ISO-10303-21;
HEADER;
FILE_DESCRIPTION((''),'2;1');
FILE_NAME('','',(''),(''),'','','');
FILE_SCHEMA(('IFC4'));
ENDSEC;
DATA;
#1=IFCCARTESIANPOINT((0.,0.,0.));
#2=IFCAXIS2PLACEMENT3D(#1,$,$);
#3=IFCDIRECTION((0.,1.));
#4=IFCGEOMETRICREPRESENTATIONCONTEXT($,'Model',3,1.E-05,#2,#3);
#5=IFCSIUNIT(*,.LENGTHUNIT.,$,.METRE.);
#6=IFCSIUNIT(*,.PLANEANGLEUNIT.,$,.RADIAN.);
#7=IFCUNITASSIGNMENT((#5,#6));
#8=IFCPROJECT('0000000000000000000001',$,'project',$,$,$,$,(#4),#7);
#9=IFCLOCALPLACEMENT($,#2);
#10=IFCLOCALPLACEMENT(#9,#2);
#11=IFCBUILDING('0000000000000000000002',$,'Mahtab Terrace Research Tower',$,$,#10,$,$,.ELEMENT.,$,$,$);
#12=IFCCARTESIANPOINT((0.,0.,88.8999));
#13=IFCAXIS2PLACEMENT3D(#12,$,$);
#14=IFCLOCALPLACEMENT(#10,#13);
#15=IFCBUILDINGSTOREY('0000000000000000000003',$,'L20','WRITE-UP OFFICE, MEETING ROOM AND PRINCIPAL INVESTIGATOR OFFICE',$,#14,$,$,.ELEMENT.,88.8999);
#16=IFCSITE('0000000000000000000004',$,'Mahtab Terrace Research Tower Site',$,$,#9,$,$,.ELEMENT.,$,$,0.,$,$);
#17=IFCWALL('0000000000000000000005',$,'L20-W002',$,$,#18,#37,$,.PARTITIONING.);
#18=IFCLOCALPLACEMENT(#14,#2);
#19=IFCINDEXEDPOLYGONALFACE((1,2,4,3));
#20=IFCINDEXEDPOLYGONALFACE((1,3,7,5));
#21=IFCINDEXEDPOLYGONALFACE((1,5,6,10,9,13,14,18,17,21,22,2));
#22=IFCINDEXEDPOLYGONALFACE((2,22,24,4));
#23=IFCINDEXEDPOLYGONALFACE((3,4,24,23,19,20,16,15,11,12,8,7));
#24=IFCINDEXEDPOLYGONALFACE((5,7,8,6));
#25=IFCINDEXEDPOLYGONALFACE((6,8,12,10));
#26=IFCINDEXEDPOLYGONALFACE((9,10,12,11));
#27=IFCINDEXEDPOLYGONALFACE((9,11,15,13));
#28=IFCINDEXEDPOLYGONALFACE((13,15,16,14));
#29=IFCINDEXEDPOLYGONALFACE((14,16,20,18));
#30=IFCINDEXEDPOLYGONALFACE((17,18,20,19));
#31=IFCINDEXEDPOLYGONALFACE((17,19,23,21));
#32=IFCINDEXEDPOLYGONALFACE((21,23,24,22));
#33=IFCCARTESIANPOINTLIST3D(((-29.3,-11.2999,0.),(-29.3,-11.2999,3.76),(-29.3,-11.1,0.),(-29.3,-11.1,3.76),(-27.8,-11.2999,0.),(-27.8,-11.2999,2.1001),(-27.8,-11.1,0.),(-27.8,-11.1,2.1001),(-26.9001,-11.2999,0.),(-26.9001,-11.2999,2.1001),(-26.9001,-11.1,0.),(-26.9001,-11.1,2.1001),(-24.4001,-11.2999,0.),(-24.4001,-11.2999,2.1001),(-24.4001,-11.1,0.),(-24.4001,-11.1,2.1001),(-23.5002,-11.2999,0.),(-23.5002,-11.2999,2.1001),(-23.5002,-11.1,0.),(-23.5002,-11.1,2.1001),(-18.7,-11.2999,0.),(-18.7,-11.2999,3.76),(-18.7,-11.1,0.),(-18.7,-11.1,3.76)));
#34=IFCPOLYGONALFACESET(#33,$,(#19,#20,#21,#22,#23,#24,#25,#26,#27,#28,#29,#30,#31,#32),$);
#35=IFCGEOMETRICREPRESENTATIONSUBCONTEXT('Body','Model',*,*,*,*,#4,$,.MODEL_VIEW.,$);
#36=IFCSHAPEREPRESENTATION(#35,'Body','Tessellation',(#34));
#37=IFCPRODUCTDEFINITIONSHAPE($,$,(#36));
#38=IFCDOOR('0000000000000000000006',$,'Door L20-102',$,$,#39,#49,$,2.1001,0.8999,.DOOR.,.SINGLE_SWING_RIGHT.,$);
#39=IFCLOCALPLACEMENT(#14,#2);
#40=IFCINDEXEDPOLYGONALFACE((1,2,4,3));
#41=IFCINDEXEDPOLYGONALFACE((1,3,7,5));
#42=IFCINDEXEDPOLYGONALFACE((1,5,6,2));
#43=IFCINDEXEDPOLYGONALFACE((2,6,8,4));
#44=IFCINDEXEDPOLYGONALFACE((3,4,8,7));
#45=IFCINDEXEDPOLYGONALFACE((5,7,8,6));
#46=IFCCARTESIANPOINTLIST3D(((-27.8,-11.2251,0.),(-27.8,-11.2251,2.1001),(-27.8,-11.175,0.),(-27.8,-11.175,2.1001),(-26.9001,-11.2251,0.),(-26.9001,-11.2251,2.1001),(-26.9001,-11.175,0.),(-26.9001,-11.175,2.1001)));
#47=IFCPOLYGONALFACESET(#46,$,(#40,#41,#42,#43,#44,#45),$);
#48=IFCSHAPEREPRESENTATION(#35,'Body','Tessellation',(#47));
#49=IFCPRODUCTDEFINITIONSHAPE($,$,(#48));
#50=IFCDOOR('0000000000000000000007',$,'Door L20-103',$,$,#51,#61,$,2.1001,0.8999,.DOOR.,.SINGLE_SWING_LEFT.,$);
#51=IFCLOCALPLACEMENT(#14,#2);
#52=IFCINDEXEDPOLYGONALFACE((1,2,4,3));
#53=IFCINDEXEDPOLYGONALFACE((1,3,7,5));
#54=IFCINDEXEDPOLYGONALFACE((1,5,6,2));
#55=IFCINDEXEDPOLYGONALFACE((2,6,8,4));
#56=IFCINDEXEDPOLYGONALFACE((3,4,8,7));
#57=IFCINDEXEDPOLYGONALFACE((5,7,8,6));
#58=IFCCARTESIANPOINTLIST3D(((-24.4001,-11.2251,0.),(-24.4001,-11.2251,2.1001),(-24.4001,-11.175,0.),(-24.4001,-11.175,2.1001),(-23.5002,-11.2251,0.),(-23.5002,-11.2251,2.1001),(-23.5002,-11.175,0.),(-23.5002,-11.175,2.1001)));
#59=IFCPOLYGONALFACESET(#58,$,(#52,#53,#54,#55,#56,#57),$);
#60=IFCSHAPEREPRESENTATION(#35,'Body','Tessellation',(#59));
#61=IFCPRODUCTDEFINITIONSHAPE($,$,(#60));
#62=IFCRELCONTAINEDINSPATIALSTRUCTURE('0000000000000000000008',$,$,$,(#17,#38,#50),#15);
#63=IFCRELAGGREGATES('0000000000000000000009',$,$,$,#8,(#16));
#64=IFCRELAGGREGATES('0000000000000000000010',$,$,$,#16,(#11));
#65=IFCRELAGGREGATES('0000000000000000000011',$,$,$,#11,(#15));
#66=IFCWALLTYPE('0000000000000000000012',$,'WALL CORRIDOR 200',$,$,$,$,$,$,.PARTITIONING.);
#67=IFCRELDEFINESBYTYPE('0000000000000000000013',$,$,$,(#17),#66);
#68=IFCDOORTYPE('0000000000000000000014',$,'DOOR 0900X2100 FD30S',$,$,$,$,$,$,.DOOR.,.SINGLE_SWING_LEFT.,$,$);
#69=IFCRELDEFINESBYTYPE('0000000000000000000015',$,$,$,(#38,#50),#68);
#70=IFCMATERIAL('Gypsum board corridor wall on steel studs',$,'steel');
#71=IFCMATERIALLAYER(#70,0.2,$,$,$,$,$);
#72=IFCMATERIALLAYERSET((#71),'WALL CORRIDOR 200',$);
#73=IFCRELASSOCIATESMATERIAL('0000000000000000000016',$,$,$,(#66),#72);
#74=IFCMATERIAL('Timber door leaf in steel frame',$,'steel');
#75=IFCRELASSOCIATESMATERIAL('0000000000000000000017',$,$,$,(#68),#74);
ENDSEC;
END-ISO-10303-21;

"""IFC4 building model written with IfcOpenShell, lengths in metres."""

from ifc_helpers import new_model, si_unit, direction, frame, frame_2d, origin, place, context, subcontext, project, spatial, rectangle, extrude, material, layer, layer_set, type_object, element, fill, save


model = new_model("IFC4")

# Units and contexts
model_context = context("Model", 3, precision=1e-05, world=origin(), true_north=direction((0.0, 1.0)))
body_context = subcontext(model_context, "Body", "Model", "MODEL_VIEW")
ifc_project = project(units=[si_unit("LENGTHUNIT", "METRE"), si_unit("PLANEANGLEUNIT", "RADIAN")], contexts=[model_context])

# Site, building, storey
site_placement = place(None, origin())
site = spatial("IfcSite", under=ifc_project, at=site_placement, Name="Mahtab Terrace Research Tower Site", CompositionType="ELEMENT", RefElevation=0.0)
building_placement = place(site_placement, origin())
building = spatial("IfcBuilding", under=site, at=building_placement, Name="Mahtab Terrace Research Tower", CompositionType="ELEMENT")
storey_placement = place(building_placement, frame((0.0, 0.0, 88.8999)))
storey = spatial("IfcBuildingStorey", under=building, at=storey_placement, Name="L20", Description="WRITE-UP OFFICE, MEETING ROOM AND PRINCIPAL INVESTIGATOR OFFICE", CompositionType="ELEMENT", Elevation=88.8999)

# Wall, openings, doors
ifc_material_1 = material(Name="Gypsum board corridor wall on steel studs", Category="steel")
ifc_layer_1 = layer(ifc_material_1, 0.2)
ifc_layer_set_1 = layer_set([ifc_layer_1], Name="WALL CORRIDOR 200")
wall_type_1 = type_object("IfcWallType", Name="WALL CORRIDOR 200", PredefinedType="PARTITIONING", material=ifc_layer_set_1)
wall_1_placement = place(storey_placement, frame((-29.3, -11.2, 0.0), z_axis=(0.0, 0.0, 1.0), x_axis=(1.0, 0.0, 0.0)))
wall_1 = element("IfcWall", 1, at=wall_1_placement, inside=storey, type_object=wall_type_1, Name="L20-W002", PredefinedType="PARTITIONING", context=body_context, shape_type="SweptSolid", body=[
    extrude(rectangle(XDim=10.6001, YDim=0.2, at=frame_2d((5.3, 0.0))), origin(), (0.0, 0.0, 1.0), 3.76),
])
opening_1_placement = place(wall_1_placement, frame((1.5, 0.0, 0.0)))
opening_1 = element("IfcOpeningElement", 2, at=opening_1_placement, cuts=wall_1, PredefinedType="OPENING", context=body_context, shape_type="SweptSolid", body=[
    extrude(rectangle(XDim=0.8999, YDim=2.1001, at=frame_2d((0.45, 1.05))), frame((0.0, 0.1099, 0.0), z_axis=(0.0, -1.0, 0.0), x_axis=(1.0, 0.0, 0.0)), (0.0, 0.0, 1.0), 0.22),
])
opening_2_placement = place(wall_1_placement, frame((4.8999, 0.0, 0.0)))
opening_2 = element("IfcOpeningElement", 3, at=opening_2_placement, cuts=wall_1, PredefinedType="OPENING", context=body_context, shape_type="SweptSolid", body=[
    extrude(rectangle(XDim=0.8999, YDim=2.1001, at=frame_2d((0.45, 1.05))), frame((0.0, 0.1099, 0.0), z_axis=(0.0, -1.0, 0.0), x_axis=(1.0, 0.0, 0.0)), (0.0, 0.0, 1.0), 0.22),
])
ifc_material_2 = material(Name="Timber door leaf in steel frame", Category="steel")
door_type_1 = type_object("IfcDoorType", Name="DOOR 0900X2100 FD30S", OperationType="SINGLE_SWING_LEFT", PredefinedType="DOOR", material=ifc_material_2)
door_1_placement = place(opening_1_placement, origin())
door_1 = element("IfcDoor", 4, at=door_1_placement, inside=storey, type_object=door_type_1, Name="Door L20-102", OperationType="SINGLE_SWING_RIGHT", OverallHeight=2.1001, OverallWidth=0.8999, PredefinedType="DOOR", context=body_context, shape_type="SweptSolid", body=[
    extrude(rectangle(XDim=0.8999, YDim=2.1001, at=frame_2d((0.45, 1.05))), frame((0.0, 0.0249, 0.0), z_axis=(0.0, -1.0, 0.0), x_axis=(1.0, 0.0, 0.0)), (0.0, 0.0, 1.0), 0.05),
])
fill(opening_1, door_1)
door_2_placement = place(opening_2_placement, origin())
door_2 = element("IfcDoor", 5, at=door_2_placement, inside=storey, type_object=door_type_1, Name="Door L20-103", OperationType="SINGLE_SWING_LEFT", OverallHeight=2.1001, OverallWidth=0.8999, PredefinedType="DOOR", context=body_context, shape_type="SweptSolid", body=[
    extrude(rectangle(XDim=0.8999, YDim=2.1001, at=frame_2d((0.45, 1.05))), frame((0.0, 0.0249, 0.0), z_axis=(0.0, -1.0, 0.0), x_axis=(1.0, 0.0, 0.0)), (0.0, 0.0, 1.0), 0.05),
])
fill(opening_2, door_2)

save(model, "model.ifc")
